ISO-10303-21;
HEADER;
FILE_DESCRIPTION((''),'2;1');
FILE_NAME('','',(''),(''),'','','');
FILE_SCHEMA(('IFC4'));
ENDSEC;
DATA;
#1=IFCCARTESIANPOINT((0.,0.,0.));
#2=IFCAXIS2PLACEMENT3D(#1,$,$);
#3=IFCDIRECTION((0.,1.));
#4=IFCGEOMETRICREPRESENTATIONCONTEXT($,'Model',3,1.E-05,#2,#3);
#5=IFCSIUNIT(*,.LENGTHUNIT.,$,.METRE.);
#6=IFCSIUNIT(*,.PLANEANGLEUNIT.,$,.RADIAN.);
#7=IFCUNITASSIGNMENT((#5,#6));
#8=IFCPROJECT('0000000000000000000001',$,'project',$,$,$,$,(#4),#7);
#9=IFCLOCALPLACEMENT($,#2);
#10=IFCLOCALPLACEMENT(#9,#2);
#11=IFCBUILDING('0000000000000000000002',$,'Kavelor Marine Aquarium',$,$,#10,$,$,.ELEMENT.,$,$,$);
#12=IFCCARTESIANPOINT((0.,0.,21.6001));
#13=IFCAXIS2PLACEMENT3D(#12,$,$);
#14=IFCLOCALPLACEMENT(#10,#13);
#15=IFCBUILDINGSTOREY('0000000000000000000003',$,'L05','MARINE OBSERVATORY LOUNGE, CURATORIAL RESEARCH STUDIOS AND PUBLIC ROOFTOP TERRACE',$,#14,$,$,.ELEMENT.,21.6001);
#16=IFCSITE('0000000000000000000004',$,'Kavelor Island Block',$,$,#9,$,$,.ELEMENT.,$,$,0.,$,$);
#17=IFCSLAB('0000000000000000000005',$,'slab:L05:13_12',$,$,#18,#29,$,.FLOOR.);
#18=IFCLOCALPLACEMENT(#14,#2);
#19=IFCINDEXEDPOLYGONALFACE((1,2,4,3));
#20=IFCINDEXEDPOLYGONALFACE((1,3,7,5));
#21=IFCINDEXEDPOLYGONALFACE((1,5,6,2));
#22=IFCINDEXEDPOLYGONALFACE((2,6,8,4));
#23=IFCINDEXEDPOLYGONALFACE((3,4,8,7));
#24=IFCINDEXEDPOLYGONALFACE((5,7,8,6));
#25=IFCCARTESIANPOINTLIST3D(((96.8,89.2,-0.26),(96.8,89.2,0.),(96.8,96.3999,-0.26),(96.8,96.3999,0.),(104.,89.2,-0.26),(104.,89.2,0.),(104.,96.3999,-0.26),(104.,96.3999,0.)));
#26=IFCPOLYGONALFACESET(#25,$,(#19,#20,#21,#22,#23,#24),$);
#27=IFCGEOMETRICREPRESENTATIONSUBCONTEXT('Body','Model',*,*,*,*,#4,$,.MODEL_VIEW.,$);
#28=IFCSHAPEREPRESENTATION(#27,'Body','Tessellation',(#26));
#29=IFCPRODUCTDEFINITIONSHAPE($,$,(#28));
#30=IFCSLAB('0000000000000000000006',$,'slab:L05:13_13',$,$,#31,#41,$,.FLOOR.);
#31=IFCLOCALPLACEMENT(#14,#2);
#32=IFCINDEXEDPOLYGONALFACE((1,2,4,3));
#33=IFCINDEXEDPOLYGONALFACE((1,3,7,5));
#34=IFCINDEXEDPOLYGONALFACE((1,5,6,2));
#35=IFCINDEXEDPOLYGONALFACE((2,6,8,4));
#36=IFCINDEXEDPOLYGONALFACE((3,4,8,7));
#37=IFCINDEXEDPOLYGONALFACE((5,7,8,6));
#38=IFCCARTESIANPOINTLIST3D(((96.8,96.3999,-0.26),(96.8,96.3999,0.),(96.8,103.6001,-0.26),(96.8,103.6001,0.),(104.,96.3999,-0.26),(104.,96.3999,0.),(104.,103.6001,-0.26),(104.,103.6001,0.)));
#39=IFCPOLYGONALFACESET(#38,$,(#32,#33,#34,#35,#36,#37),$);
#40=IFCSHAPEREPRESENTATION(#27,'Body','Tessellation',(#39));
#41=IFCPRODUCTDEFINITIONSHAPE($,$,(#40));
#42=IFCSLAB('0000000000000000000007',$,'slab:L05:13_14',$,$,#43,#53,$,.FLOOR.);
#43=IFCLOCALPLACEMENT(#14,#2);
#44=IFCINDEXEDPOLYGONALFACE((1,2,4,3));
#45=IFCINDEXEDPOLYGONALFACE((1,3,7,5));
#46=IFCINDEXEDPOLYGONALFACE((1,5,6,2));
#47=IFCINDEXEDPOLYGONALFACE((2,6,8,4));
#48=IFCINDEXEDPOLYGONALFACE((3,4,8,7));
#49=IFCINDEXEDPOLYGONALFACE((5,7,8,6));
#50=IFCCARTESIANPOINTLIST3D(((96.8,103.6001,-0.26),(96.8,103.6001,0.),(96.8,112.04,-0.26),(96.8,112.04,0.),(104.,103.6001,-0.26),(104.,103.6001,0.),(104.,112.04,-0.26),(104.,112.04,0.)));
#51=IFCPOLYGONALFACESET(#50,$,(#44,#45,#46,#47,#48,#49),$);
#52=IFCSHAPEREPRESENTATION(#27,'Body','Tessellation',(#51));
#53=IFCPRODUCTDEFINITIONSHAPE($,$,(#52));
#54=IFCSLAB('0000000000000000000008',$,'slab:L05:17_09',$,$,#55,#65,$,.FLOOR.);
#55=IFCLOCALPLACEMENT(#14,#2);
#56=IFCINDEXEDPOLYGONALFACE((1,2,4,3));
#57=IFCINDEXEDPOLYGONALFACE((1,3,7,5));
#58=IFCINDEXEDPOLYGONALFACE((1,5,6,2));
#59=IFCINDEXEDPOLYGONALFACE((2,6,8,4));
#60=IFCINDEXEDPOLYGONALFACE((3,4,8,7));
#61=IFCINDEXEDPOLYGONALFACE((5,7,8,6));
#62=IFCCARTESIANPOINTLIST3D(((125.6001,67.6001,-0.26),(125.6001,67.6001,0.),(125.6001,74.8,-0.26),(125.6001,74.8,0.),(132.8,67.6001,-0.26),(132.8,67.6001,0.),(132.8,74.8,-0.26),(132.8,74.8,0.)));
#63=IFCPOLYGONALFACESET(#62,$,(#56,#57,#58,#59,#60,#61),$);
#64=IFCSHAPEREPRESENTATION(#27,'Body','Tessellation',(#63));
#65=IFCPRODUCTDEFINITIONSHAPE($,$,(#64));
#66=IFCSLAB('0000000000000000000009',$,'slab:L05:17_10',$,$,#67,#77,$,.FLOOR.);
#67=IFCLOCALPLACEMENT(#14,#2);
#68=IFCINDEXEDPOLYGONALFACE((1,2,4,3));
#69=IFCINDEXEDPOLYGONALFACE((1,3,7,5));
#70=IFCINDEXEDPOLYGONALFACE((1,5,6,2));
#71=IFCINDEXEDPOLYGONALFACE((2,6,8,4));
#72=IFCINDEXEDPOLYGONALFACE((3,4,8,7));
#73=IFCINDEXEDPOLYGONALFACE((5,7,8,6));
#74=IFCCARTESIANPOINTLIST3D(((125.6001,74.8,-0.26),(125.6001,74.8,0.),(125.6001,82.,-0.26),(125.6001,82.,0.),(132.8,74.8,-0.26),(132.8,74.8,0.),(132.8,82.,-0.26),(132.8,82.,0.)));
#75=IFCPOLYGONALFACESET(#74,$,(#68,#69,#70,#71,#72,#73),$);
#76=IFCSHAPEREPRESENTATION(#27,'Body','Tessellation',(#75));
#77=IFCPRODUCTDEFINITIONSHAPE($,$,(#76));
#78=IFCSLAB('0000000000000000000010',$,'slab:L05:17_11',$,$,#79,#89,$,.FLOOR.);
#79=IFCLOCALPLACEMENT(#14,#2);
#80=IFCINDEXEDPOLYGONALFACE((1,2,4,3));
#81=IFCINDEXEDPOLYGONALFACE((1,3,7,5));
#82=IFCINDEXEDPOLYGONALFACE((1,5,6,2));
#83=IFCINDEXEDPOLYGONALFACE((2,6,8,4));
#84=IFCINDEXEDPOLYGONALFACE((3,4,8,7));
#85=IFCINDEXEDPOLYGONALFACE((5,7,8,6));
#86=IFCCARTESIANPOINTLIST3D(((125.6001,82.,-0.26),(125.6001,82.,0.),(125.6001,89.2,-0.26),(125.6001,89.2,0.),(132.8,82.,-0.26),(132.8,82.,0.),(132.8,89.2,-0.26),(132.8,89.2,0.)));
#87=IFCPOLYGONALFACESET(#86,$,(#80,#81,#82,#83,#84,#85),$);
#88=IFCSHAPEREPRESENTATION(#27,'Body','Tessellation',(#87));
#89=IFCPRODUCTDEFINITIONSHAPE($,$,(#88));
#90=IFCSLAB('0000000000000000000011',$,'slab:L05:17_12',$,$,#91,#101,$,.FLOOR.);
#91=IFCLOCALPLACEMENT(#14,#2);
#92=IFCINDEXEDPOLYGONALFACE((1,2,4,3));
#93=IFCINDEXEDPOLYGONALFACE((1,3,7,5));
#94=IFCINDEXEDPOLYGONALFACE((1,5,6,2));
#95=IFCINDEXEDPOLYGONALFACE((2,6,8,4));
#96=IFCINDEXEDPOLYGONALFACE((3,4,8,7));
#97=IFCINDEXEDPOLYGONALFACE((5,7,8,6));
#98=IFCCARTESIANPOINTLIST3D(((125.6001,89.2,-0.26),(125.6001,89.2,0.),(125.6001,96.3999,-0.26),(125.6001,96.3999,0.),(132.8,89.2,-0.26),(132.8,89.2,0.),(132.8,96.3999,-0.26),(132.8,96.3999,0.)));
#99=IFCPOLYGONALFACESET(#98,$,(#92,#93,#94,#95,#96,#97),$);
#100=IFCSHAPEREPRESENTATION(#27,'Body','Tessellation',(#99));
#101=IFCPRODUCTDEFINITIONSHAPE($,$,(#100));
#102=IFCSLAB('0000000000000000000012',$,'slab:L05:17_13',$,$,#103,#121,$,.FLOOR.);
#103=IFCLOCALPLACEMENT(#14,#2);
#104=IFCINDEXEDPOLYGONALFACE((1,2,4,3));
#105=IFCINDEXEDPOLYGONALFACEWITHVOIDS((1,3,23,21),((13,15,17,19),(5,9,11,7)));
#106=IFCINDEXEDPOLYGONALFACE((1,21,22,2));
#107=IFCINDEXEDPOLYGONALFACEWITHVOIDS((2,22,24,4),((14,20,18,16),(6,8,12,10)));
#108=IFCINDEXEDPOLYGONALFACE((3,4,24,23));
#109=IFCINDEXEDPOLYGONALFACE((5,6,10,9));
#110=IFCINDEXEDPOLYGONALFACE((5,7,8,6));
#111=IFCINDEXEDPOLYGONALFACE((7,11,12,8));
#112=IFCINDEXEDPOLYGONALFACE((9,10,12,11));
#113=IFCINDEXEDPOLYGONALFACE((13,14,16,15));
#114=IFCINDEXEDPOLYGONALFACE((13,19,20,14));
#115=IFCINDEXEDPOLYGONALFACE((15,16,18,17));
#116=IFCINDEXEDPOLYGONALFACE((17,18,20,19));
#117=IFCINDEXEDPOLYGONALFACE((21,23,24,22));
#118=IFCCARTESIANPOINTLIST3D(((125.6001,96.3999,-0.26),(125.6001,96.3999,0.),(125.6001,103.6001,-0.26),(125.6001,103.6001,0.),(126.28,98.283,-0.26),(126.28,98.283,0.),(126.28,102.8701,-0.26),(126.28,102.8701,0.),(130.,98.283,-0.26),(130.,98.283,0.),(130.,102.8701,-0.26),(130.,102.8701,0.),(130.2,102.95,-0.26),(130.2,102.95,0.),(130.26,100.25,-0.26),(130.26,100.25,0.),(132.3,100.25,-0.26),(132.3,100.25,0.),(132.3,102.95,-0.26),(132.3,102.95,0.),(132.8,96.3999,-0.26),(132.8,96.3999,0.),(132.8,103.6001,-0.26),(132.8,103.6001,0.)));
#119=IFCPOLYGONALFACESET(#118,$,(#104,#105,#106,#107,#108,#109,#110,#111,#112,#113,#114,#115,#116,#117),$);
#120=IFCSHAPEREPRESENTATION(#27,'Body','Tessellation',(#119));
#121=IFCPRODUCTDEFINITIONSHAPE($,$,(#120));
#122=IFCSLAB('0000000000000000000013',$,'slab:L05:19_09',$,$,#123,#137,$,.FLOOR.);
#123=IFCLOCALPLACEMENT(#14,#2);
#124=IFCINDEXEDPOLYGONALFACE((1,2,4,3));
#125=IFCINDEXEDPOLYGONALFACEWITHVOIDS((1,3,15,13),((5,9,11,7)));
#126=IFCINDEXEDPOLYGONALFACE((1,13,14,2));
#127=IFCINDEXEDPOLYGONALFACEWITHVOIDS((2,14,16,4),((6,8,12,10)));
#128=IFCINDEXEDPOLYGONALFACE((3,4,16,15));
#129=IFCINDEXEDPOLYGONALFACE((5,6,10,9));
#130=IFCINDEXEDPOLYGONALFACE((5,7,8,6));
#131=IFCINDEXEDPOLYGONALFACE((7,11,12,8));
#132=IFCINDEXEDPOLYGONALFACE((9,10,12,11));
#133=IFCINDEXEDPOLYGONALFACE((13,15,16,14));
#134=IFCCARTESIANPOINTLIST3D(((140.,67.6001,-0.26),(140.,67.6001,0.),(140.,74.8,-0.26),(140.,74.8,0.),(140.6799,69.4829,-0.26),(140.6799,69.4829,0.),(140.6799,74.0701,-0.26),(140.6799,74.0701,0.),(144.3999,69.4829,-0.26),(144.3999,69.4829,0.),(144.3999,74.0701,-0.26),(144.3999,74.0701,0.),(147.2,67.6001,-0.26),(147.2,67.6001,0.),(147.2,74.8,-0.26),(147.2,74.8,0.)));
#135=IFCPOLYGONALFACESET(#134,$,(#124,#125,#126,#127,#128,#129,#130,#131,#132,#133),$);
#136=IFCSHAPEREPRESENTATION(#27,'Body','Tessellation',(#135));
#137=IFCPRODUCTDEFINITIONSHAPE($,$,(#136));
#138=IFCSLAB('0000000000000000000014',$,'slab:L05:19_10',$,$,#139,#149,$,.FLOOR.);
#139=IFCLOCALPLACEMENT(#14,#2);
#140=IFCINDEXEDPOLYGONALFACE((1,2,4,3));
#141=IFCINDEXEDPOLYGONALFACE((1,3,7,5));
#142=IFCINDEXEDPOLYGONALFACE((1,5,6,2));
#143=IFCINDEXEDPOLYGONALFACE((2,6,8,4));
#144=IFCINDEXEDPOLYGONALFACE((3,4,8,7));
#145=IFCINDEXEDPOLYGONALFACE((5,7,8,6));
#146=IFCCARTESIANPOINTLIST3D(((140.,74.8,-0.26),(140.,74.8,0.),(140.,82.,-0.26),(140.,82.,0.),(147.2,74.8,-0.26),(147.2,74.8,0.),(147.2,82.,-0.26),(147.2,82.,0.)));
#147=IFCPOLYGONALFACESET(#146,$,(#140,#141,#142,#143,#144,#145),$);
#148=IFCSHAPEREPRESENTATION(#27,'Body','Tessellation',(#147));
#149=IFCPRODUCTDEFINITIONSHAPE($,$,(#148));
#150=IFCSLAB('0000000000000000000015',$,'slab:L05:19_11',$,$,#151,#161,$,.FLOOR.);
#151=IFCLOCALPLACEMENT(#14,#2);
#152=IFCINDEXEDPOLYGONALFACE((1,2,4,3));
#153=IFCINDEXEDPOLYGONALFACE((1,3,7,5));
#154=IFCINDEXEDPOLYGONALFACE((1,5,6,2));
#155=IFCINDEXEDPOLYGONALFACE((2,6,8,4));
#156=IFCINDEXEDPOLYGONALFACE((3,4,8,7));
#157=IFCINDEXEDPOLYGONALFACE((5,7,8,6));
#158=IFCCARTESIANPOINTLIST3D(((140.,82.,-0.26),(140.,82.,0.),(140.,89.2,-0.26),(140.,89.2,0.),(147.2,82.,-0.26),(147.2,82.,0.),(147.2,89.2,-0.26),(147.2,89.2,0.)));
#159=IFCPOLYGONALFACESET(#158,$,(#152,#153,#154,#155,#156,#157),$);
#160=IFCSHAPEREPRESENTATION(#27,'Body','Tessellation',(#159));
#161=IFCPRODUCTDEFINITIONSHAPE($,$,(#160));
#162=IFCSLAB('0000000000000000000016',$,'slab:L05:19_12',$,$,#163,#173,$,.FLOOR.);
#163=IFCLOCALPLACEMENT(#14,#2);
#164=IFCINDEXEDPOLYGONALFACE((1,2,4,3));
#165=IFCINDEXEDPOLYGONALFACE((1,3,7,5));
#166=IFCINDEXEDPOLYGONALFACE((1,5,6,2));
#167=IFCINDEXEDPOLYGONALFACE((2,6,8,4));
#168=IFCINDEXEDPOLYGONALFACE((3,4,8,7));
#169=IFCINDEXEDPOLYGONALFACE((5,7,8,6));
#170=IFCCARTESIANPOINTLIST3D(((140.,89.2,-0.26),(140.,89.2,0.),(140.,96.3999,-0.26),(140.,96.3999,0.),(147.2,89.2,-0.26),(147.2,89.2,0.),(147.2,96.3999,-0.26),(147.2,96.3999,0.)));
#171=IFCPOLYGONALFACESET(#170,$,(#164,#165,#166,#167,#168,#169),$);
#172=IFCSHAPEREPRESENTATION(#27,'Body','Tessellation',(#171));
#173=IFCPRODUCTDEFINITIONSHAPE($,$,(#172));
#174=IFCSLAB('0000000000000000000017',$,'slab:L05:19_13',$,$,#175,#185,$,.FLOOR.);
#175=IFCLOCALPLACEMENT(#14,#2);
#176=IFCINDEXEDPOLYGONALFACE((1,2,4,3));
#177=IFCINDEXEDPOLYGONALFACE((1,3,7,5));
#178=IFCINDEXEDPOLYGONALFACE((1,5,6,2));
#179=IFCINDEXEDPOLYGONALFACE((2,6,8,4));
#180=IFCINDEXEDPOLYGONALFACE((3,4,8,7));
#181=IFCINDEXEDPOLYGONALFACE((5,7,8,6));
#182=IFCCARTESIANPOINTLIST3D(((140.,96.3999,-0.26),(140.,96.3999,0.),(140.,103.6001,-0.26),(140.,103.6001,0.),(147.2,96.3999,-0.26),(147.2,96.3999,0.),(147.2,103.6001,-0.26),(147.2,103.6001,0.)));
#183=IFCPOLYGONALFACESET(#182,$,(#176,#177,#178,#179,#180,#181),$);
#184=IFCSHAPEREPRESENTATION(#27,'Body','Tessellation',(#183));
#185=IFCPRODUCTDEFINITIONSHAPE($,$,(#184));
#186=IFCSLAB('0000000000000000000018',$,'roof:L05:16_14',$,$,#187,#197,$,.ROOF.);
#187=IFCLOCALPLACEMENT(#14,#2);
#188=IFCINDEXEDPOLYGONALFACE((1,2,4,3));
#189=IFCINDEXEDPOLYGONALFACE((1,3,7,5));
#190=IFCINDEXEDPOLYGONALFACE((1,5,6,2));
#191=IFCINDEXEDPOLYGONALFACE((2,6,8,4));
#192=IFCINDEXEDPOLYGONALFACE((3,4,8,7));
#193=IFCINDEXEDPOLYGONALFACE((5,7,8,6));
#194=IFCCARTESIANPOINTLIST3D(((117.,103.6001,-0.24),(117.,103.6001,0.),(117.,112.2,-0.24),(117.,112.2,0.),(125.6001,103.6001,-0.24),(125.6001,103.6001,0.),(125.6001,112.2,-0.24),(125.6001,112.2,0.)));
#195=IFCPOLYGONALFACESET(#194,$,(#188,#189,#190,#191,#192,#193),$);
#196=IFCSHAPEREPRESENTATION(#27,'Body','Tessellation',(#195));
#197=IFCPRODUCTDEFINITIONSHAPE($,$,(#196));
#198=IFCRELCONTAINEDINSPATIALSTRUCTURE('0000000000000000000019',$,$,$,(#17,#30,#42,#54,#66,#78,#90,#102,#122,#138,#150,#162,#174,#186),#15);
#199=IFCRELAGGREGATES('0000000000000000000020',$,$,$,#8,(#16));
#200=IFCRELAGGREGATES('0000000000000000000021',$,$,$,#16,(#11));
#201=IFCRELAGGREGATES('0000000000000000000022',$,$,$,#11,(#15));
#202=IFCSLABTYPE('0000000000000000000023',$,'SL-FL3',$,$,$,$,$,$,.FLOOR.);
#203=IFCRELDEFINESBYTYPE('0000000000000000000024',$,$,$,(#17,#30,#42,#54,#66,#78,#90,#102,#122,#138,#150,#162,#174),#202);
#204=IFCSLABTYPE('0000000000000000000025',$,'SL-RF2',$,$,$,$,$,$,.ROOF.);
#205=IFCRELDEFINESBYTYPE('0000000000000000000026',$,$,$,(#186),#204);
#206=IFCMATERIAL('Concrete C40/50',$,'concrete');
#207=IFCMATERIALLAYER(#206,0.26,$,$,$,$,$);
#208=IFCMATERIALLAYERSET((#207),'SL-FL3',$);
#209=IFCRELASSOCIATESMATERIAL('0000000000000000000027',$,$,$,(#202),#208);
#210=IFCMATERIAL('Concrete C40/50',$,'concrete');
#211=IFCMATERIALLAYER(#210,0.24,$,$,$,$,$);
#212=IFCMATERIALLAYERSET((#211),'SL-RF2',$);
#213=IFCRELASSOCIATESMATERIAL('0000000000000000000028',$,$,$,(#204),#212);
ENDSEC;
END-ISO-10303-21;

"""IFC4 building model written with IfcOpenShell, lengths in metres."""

from ifc_helpers import new_model, si_unit, direction, frame, origin, place, context, subcontext, project, spatial, polyline, outline, extrude, material, layer, layer_set, type_object, element, save


model = new_model("IFC4")

# Units and contexts
model_context = context("Model", 3, precision=1e-05, world=origin(), true_north=direction((0.0, 1.0)))
body_context = subcontext(model_context, "Body", "Model", "MODEL_VIEW")
ifc_project = project(units=[si_unit("LENGTHUNIT", "METRE"), si_unit("PLANEANGLEUNIT", "RADIAN")], contexts=[model_context])

# Site, building, storey
site_placement = place(None, origin())
site = spatial("IfcSite", under=ifc_project, at=site_placement, Name="Kavelor Island Block", CompositionType="ELEMENT", RefElevation=0.0)
building_placement = place(site_placement, origin())
building = spatial("IfcBuilding", under=site, at=building_placement, Name="Kavelor Marine Aquarium", CompositionType="ELEMENT")
storey_placement = place(building_placement, frame((0.0, 0.0, 21.6001)))
storey = spatial("IfcBuildingStorey", under=building, at=storey_placement, Name="L05", Description="MARINE OBSERVATORY LOUNGE, CURATORIAL RESEARCH STUDIOS AND PUBLIC ROOFTOP TERRACE", CompositionType="ELEMENT", Elevation=21.6001)

# Slabs
ifc_material_1 = material(Name="Concrete C40/50", Category="concrete")
ifc_layer_1 = layer(ifc_material_1, 0.26)
ifc_layer_set_1 = layer_set([ifc_layer_1], Name="SL-FL3")
slab_type_1 = type_object("IfcSlabType", Name="SL-FL3", PredefinedType="FLOOR", material=ifc_layer_set_1)
slab_1_placement = place(storey_placement, frame((0.0, 0.0, -0.26)))
element("IfcSlab", 1, at=slab_1_placement, inside=storey, type_object=slab_type_1, Name="slab:L05:13_12", PredefinedType="FLOOR", context=body_context, shape_type="SweptSolid", body=[
    extrude(outline(polyline([(96.8, 89.2), (104.0, 89.2), (104.0, 96.3999), (96.8, 96.3999), (96.8, 89.2)])), origin(), (0.0, 0.0, 1.0), 0.26),
])
slab_2_placement = place(storey_placement, frame((0.0, 0.0, -0.26)))
element("IfcSlab", 2, at=slab_2_placement, inside=storey, type_object=slab_type_1, Name="slab:L05:13_13", PredefinedType="FLOOR", context=body_context, shape_type="SweptSolid", body=[
    extrude(outline(polyline([(96.8, 96.3999), (104.0, 96.3999), (104.0, 103.6001), (96.8, 103.6001), (96.8, 96.3999)])), origin(), (0.0, 0.0, 1.0), 0.26),
])
slab_3_placement = place(storey_placement, frame((0.0, 0.0, -0.26)))
element("IfcSlab", 3, at=slab_3_placement, inside=storey, type_object=slab_type_1, Name="slab:L05:13_14", PredefinedType="FLOOR", context=body_context, shape_type="SweptSolid", body=[
    extrude(outline(polyline([(96.8, 103.6001), (104.0, 103.6001), (104.0, 112.04), (96.8, 112.04), (96.8, 103.6001)])), origin(), (0.0, 0.0, 1.0), 0.26),
])
slab_4_placement = place(storey_placement, frame((0.0, 0.0, -0.26)))
element("IfcSlab", 4, at=slab_4_placement, inside=storey, type_object=slab_type_1, Name="slab:L05:17_09", PredefinedType="FLOOR", context=body_context, shape_type="SweptSolid", body=[
    extrude(outline(polyline([(125.6001, 67.6001), (132.8, 67.6001), (132.8, 74.8), (125.6001, 74.8), (125.6001, 67.6001)])), origin(), (0.0, 0.0, 1.0), 0.26),
])
slab_5_placement = place(storey_placement, frame((0.0, 0.0, -0.26)))
element("IfcSlab", 5, at=slab_5_placement, inside=storey, type_object=slab_type_1, Name="slab:L05:17_10", PredefinedType="FLOOR", context=body_context, shape_type="SweptSolid", body=[
    extrude(outline(polyline([(125.6001, 74.8), (132.8, 74.8), (132.8, 82.0), (125.6001, 82.0), (125.6001, 74.8)])), origin(), (0.0, 0.0, 1.0), 0.26),
])
slab_6_placement = place(storey_placement, frame((0.0, 0.0, -0.26)))
element("IfcSlab", 6, at=slab_6_placement, inside=storey, type_object=slab_type_1, Name="slab:L05:17_11", PredefinedType="FLOOR", context=body_context, shape_type="SweptSolid", body=[
    extrude(outline(polyline([(125.6001, 82.0), (132.8, 82.0), (132.8, 89.2), (125.6001, 89.2), (125.6001, 82.0)])), origin(), (0.0, 0.0, 1.0), 0.26),
])
slab_7_placement = place(storey_placement, frame((0.0, 0.0, -0.26)))
element("IfcSlab", 7, at=slab_7_placement, inside=storey, type_object=slab_type_1, Name="slab:L05:17_12", PredefinedType="FLOOR", context=body_context, shape_type="SweptSolid", body=[
    extrude(outline(polyline([(125.6001, 89.2), (132.8, 89.2), (132.8, 96.3999), (125.6001, 96.3999), (125.6001, 89.2)])), origin(), (0.0, 0.0, 1.0), 0.26),
])
slab_8_placement = place(storey_placement, frame((0.0, 0.0, -0.26)))
element("IfcSlab", 8, at=slab_8_placement, inside=storey, type_object=slab_type_1, Name="slab:L05:17_13", PredefinedType="FLOOR", context=body_context, shape_type="SweptSolid", body=[
    extrude(outline(polyline([(125.6001, 96.3999), (132.8, 96.3999), (132.8, 103.6001), (125.6001, 103.6001), (125.6001, 96.3999)]), holes=[polyline([(126.28, 98.283), (130.0, 98.283), (130.0, 102.8701), (126.28, 102.8701), (126.28, 98.283)]), polyline([(130.26, 100.25), (132.3, 100.25), (132.3, 102.95), (130.2, 102.95), (130.26, 100.25)])]), origin(), (0.0, 0.0, 1.0), 0.26),
])
slab_9_placement = place(storey_placement, frame((0.0, 0.0, -0.26)))
element("IfcSlab", 9, at=slab_9_placement, inside=storey, type_object=slab_type_1, Name="slab:L05:19_09", PredefinedType="FLOOR", context=body_context, shape_type="SweptSolid", body=[
    extrude(outline(polyline([(140.0, 67.6001), (147.2, 67.6001), (147.2, 74.8), (140.0, 74.8), (140.0, 67.6001)]), holes=[polyline([(140.6799, 69.4829), (144.3999, 69.4829), (144.3999, 74.0701), (140.6799, 74.0701), (140.6799, 69.4829)])]), origin(), (0.0, 0.0, 1.0), 0.26),
])
slab_10_placement = place(storey_placement, frame((0.0, 0.0, -0.26)))
element("IfcSlab", 10, at=slab_10_placement, inside=storey, type_object=slab_type_1, Name="slab:L05:19_10", PredefinedType="FLOOR", context=body_context, shape_type="SweptSolid", body=[
    extrude(outline(polyline([(140.0, 74.8), (147.2, 74.8), (147.2, 82.0), (140.0, 82.0), (140.0, 74.8)])), origin(), (0.0, 0.0, 1.0), 0.26),
])
slab_11_placement = place(storey_placement, frame((0.0, 0.0, -0.26)))
element("IfcSlab", 11, at=slab_11_placement, inside=storey, type_object=slab_type_1, Name="slab:L05:19_11", PredefinedType="FLOOR", context=body_context, shape_type="SweptSolid", body=[
    extrude(outline(polyline([(140.0, 82.0), (147.2, 82.0), (147.2, 89.2), (140.0, 89.2), (140.0, 82.0)])), origin(), (0.0, 0.0, 1.0), 0.26),
])
slab_12_placement = place(storey_placement, frame((0.0, 0.0, -0.26)))
element("IfcSlab", 12, at=slab_12_placement, inside=storey, type_object=slab_type_1, Name="slab:L05:19_12", PredefinedType="FLOOR", context=body_context, shape_type="SweptSolid", body=[
    extrude(outline(polyline([(140.0, 89.2), (147.2, 89.2), (147.2, 96.3999), (140.0, 96.3999), (140.0, 89.2)])), origin(), (0.0, 0.0, 1.0), 0.26),
])
slab_13_placement = place(storey_placement, frame((0.0, 0.0, -0.26)))
element("IfcSlab", 13, at=slab_13_placement, inside=storey, type_object=slab_type_1, Name="slab:L05:19_13", PredefinedType="FLOOR", context=body_context, shape_type="SweptSolid", body=[
    extrude(outline(polyline([(140.0, 96.3999), (147.2, 96.3999), (147.2, 103.6001), (140.0, 103.6001), (140.0, 96.3999)])), origin(), (0.0, 0.0, 1.0), 0.26),
])
ifc_material_2 = material(Name="Concrete C40/50", Category="concrete")
ifc_layer_2 = layer(ifc_material_2, 0.24)
ifc_layer_set_2 = layer_set([ifc_layer_2], Name="SL-RF2")
slab_type_2 = type_object("IfcSlabType", Name="SL-RF2", PredefinedType="ROOF", material=ifc_layer_set_2)
slab_14_placement = place(storey_placement, frame((0.0, 0.0, -0.24)))
element("IfcSlab", 14, at=slab_14_placement, inside=storey, type_object=slab_type_2, Name="roof:L05:16_14", PredefinedType="ROOF", context=body_context, shape_type="SweptSolid", body=[
    extrude(outline(polyline([(117.0, 103.6001), (125.6001, 103.6001), (125.6001, 112.2), (117.0, 112.2), (117.0, 103.6001)])), origin(), (0.0, 0.0, 1.0), 0.24),
])

save(model, "model.ifc")
